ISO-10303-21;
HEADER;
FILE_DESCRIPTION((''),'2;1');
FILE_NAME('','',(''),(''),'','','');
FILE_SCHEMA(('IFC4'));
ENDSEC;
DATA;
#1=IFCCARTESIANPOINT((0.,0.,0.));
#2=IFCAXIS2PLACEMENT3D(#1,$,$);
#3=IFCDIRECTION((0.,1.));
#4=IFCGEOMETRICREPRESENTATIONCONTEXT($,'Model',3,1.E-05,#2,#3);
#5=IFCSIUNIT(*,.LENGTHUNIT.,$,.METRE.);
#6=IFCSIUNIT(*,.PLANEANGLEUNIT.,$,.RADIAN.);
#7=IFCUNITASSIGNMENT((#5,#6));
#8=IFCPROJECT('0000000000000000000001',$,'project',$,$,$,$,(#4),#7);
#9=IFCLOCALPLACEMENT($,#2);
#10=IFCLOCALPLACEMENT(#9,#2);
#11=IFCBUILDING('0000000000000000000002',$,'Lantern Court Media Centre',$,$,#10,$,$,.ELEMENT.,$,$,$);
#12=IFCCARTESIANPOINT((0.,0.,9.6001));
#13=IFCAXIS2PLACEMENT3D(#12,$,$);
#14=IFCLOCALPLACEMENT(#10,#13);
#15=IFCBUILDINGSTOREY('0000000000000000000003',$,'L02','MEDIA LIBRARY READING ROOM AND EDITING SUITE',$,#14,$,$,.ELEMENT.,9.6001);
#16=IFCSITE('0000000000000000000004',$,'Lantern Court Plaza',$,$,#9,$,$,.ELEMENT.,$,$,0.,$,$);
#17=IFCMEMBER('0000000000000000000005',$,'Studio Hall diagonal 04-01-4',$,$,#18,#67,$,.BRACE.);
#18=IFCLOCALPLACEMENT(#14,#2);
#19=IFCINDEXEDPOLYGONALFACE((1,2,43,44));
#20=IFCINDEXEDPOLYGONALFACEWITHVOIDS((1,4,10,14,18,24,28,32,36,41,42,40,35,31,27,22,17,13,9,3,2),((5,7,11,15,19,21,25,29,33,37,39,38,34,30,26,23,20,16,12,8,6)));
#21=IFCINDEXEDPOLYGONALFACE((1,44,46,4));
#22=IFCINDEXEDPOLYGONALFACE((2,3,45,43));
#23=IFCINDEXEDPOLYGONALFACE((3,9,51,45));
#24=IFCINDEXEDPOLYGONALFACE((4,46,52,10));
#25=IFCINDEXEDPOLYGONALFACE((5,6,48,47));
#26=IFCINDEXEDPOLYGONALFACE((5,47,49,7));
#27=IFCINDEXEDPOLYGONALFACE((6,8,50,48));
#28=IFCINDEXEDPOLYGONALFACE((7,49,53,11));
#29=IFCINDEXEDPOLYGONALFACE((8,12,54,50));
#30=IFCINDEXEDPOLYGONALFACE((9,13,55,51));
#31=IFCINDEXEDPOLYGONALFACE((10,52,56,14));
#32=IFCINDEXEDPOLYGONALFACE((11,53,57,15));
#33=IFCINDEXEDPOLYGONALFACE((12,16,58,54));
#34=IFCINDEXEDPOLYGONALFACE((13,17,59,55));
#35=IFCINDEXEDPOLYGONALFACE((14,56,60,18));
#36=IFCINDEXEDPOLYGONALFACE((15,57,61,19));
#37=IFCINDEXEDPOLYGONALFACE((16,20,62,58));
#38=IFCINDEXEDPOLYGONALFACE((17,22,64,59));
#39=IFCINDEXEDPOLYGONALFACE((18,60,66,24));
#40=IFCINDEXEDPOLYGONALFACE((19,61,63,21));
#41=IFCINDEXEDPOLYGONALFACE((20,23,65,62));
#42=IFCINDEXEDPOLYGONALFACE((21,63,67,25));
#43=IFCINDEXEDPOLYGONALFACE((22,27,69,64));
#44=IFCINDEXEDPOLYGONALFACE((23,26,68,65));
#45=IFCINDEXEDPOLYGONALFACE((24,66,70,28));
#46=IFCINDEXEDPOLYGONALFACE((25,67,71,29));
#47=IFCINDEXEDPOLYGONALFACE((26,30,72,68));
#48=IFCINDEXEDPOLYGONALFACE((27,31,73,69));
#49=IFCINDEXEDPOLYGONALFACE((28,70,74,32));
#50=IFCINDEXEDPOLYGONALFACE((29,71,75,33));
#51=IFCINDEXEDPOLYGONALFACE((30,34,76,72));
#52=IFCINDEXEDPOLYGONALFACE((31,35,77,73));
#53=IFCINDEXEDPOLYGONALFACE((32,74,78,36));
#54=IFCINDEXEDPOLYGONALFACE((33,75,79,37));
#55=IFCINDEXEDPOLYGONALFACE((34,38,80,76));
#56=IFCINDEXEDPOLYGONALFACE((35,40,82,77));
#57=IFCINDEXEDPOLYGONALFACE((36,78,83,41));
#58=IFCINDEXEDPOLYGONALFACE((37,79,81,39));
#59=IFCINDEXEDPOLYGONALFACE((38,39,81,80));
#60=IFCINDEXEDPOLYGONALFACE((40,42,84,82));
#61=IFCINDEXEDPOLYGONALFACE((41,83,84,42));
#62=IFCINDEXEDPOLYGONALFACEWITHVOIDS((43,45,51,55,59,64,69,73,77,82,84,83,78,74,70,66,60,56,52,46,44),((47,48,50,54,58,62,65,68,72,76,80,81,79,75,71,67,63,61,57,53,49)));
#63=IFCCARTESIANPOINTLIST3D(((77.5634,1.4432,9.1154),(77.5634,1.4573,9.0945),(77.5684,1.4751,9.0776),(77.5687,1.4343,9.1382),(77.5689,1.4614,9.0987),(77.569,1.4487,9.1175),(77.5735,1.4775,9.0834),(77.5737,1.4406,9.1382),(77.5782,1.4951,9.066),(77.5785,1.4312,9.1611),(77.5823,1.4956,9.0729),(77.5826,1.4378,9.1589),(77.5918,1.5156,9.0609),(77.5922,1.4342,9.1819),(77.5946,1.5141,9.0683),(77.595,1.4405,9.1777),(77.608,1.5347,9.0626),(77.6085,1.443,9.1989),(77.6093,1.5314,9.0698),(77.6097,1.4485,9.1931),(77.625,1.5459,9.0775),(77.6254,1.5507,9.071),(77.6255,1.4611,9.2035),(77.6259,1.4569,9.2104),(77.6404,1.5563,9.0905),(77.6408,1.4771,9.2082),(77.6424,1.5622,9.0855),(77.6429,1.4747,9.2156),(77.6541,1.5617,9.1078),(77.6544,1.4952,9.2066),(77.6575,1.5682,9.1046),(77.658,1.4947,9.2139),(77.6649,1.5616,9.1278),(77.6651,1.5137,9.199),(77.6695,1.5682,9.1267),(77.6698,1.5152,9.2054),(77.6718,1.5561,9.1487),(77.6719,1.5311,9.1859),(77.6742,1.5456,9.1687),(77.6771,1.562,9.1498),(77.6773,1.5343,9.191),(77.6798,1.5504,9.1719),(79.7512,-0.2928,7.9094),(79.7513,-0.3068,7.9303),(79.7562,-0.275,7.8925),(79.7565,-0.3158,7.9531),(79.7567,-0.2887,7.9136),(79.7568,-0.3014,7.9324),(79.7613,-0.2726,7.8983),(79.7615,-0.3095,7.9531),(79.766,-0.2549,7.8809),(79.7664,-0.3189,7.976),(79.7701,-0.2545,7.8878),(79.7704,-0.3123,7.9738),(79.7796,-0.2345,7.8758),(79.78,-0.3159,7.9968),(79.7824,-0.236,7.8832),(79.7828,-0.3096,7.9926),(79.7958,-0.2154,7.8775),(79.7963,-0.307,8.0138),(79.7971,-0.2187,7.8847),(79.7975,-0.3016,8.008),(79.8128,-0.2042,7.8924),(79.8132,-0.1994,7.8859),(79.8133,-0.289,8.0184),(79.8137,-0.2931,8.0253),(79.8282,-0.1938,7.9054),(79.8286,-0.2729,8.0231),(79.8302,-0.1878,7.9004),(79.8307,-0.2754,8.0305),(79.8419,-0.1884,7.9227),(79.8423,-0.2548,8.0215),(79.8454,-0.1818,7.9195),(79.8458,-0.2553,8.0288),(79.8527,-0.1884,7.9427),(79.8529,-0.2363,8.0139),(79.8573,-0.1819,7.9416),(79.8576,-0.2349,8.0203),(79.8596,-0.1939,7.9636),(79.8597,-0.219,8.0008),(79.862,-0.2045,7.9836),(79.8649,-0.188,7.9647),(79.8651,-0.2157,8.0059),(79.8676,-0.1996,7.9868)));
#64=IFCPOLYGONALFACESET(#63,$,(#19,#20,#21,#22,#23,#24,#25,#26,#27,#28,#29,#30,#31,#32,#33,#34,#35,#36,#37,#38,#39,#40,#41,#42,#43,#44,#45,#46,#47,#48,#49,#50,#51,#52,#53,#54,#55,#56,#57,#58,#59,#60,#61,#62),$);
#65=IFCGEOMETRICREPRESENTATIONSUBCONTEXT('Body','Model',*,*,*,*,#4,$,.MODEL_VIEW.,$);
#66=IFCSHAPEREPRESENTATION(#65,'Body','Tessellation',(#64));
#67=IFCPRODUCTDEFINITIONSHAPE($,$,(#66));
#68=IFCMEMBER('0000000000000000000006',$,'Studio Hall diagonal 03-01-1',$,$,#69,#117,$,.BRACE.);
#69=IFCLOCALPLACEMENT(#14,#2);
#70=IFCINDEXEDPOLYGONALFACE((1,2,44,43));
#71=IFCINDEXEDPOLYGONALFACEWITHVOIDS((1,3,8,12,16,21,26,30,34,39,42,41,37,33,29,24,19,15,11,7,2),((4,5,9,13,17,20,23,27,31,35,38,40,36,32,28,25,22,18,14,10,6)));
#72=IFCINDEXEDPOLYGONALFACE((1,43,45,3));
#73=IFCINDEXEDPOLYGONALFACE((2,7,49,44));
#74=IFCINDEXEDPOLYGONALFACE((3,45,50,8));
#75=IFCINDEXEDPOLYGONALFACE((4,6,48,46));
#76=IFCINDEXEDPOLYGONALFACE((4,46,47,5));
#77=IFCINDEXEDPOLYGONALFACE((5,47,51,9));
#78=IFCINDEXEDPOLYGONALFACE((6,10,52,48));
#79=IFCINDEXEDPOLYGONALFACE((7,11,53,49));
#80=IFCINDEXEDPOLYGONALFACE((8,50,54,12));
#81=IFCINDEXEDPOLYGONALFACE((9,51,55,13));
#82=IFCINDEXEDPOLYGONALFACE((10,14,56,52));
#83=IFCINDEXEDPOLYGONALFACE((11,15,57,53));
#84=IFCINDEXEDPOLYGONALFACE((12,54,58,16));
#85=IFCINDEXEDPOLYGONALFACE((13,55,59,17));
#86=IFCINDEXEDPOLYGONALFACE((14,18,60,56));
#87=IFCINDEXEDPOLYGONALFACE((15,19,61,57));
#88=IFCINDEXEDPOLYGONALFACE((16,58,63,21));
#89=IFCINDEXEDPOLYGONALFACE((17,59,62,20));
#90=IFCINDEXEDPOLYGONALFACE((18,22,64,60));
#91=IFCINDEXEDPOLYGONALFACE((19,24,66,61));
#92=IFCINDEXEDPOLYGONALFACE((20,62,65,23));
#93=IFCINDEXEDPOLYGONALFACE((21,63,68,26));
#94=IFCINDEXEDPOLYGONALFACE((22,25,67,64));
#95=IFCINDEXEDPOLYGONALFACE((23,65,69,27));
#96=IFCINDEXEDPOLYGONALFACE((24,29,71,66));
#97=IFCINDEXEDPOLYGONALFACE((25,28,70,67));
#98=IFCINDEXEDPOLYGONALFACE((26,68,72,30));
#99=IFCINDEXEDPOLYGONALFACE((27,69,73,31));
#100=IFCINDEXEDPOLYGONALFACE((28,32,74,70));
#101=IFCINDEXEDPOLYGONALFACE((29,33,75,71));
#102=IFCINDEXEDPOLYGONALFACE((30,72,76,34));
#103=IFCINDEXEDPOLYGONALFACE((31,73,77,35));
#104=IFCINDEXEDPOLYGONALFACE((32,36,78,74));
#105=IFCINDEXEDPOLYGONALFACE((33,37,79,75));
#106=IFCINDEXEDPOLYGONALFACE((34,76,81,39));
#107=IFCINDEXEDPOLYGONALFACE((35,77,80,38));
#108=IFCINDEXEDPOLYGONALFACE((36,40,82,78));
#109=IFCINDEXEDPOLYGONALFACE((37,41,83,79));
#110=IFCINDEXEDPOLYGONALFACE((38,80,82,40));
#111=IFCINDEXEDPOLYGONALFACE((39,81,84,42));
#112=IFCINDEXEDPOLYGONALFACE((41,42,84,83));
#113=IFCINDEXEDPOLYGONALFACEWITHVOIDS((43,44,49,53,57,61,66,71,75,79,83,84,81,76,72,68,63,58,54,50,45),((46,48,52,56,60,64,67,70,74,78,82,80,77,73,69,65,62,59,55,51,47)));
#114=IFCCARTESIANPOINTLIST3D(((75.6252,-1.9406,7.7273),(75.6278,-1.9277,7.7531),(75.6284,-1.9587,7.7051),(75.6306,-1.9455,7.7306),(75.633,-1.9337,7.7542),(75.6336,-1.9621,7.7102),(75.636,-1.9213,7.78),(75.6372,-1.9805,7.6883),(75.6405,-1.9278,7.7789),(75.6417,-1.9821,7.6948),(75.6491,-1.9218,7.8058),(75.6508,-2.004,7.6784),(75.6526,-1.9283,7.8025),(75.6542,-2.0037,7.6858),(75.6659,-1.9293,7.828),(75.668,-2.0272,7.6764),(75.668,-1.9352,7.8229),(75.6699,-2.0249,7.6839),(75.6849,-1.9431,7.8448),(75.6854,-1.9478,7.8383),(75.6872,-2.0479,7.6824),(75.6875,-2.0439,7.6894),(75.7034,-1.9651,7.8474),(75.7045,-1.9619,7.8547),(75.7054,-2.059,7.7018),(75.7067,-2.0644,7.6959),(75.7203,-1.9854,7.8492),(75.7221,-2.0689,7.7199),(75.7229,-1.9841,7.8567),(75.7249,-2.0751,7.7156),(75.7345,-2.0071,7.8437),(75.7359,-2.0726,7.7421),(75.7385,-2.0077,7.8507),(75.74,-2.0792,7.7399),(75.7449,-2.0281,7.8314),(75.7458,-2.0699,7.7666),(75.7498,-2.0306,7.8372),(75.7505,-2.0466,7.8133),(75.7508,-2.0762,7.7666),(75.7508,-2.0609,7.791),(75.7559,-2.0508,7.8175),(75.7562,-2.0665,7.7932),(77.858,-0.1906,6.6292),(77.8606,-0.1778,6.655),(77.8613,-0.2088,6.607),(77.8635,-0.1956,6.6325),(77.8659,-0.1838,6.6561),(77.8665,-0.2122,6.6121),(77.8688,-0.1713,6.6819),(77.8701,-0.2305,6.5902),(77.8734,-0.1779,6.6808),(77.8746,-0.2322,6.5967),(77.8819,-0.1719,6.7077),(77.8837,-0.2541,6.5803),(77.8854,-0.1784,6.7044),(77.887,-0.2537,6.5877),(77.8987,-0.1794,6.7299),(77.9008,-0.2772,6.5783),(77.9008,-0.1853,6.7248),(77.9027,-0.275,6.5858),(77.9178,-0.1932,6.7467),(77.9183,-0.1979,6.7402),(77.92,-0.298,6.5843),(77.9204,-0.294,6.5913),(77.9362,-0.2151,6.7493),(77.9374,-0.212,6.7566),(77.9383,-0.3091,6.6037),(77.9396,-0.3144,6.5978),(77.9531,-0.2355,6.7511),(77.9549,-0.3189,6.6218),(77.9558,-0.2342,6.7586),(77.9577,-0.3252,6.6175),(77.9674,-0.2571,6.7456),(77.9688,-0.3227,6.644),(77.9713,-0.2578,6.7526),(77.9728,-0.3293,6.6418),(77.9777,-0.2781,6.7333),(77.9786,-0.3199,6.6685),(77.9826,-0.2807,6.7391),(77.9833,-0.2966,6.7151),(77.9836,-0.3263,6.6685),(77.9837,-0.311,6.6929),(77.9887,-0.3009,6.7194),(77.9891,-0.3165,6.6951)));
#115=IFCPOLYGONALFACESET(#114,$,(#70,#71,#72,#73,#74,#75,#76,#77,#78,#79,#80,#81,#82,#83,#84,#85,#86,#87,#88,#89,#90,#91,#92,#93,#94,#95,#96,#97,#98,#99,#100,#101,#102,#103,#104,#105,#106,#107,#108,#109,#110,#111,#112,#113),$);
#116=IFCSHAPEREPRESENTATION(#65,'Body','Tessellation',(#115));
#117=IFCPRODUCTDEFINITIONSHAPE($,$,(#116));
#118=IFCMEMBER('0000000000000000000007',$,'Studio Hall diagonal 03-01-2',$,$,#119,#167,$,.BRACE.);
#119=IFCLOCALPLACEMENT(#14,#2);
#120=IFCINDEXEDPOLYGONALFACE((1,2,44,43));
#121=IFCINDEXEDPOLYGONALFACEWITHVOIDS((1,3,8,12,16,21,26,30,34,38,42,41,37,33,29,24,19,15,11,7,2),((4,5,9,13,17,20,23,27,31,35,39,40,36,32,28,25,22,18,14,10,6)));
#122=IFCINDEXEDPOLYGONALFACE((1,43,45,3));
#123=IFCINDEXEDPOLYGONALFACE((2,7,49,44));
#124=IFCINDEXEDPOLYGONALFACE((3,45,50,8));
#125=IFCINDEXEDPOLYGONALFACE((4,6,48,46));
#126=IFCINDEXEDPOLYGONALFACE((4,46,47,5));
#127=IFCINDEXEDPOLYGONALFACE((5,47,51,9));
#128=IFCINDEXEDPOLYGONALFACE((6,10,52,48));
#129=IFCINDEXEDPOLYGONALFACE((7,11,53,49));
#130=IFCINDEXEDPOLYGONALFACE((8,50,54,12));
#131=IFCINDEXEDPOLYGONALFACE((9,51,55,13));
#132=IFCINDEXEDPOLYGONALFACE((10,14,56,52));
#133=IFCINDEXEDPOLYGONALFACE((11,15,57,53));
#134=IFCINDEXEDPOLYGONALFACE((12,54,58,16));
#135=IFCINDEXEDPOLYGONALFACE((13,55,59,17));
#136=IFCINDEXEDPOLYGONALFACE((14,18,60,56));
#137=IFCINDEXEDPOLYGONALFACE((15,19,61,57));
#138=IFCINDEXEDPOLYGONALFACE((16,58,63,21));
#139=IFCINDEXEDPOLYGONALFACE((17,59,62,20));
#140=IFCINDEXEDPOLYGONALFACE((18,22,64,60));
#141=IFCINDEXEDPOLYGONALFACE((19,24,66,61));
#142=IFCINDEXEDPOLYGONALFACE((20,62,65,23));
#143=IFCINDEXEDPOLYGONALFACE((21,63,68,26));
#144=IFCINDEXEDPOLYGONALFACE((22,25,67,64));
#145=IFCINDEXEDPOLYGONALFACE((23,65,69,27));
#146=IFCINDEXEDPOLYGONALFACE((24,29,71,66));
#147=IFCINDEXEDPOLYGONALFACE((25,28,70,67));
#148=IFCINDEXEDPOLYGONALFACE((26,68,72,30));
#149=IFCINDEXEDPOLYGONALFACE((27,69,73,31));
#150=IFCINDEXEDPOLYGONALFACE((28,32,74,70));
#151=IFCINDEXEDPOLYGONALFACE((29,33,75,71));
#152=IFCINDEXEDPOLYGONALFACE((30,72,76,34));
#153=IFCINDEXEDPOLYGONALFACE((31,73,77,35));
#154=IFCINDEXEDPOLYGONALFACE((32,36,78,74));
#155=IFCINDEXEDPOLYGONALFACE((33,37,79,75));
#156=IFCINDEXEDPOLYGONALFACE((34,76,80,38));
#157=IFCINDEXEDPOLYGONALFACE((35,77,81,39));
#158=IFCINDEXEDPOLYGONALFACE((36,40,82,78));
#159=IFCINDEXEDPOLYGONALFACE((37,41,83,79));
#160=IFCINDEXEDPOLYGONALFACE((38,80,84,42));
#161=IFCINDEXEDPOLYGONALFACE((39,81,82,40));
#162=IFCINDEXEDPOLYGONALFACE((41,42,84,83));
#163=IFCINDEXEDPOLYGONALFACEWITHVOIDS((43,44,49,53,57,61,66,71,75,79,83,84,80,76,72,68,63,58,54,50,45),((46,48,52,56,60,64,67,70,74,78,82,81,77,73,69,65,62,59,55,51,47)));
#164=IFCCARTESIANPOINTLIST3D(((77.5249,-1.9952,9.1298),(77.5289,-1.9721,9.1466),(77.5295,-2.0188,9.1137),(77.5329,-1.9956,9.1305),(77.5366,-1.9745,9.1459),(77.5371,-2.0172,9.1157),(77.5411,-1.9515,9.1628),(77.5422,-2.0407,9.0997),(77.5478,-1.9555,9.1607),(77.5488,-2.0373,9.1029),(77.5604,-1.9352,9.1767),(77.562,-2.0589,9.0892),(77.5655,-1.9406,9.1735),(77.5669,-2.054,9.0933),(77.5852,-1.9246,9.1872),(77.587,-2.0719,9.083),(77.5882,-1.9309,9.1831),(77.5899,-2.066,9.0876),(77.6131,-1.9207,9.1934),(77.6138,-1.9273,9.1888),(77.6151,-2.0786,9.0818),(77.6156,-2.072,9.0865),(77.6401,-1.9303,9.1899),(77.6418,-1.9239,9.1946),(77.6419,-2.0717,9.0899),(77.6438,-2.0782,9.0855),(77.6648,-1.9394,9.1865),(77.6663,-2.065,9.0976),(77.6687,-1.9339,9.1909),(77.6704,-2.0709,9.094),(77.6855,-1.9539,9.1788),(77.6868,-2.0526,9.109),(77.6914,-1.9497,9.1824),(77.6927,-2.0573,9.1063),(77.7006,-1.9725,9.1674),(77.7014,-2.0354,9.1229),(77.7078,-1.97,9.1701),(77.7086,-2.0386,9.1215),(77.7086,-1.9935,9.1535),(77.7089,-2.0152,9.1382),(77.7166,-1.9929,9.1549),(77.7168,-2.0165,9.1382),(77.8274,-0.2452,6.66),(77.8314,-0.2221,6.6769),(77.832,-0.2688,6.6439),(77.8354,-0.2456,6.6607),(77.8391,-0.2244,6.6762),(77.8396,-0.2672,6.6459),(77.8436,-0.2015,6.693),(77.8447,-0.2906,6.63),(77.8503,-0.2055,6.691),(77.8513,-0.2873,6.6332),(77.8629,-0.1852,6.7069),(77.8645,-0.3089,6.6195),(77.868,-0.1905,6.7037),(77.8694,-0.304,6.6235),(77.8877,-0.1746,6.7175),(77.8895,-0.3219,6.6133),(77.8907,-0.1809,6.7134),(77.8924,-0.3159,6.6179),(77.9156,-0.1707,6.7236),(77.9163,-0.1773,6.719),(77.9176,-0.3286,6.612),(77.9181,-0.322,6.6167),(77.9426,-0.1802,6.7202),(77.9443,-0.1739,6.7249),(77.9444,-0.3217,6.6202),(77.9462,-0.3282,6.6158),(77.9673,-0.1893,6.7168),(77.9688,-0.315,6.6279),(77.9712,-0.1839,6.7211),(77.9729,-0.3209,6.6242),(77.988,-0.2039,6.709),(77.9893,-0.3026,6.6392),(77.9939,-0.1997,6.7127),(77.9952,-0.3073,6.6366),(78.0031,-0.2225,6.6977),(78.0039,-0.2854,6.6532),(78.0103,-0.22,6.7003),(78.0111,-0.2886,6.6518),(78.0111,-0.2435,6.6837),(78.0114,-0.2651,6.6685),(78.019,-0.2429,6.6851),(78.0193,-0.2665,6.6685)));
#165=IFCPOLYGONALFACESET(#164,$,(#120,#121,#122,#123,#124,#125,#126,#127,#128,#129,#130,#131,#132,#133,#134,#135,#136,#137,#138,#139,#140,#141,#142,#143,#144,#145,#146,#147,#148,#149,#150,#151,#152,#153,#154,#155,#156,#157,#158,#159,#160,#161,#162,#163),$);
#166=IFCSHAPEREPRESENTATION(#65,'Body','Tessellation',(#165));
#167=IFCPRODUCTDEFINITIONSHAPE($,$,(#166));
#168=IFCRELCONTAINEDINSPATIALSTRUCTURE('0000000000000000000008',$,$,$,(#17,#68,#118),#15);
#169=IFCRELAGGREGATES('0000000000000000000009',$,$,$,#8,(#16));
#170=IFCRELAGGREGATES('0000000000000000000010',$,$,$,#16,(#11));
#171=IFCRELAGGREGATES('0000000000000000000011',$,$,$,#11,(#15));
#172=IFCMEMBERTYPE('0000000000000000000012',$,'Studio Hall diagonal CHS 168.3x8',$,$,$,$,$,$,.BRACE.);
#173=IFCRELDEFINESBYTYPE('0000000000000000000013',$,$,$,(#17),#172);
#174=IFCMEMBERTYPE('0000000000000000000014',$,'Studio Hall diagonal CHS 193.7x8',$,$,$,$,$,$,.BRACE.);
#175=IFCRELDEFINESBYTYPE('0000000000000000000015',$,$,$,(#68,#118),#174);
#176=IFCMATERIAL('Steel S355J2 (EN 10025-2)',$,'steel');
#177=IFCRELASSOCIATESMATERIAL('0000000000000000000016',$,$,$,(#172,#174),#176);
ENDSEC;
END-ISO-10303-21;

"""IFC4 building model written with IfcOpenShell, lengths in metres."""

from ifc_helpers import new_model, si_unit, direction, frame, origin, origin_2d, place, context, subcontext, project, spatial, hollow_circle, extrude, material, material_profile, profile_set, type_object, element, save


model = new_model("IFC4")

# Units and contexts
model_context = context("Model", 3, precision=1e-05, world=origin(), true_north=direction((0.0, 1.0)))
body_context = subcontext(model_context, "Body", "Model", "MODEL_VIEW")
ifc_project = project(units=[si_unit("LENGTHUNIT", "METRE"), si_unit("PLANEANGLEUNIT", "RADIAN")], contexts=[model_context])

# Site, building, storey
site_placement = place(None, origin())
site = spatial("IfcSite", under=ifc_project, at=site_placement, Name="Lantern Court Plaza", CompositionType="ELEMENT", RefElevation=0.0)
building_placement = place(site_placement, origin())
building = spatial("IfcBuilding", under=site, at=building_placement, Name="Lantern Court Media Centre", CompositionType="ELEMENT")
storey_placement = place(building_placement, frame((0.0, 0.0, 9.6001)))
storey = spatial("IfcBuildingStorey", under=building, at=storey_placement, Name="L02", Description="MEDIA LIBRARY READING ROOM AND EDITING SUITE", CompositionType="ELEMENT", Elevation=9.6001)

# Members
ifc_material = material(Name="Steel S355J2 (EN 10025-2)", Category="steel")
ifc_material_profile_1 = material_profile(ifc_material, hollow_circle(Radius=0.0842, WallThickness=0.0081, at=origin_2d()), Name="Studio Hall diagonal CHS 168.3x8")
ifc_profile_set_1 = profile_set([ifc_material_profile_1], Name="Steel S355J2 (EN 10025-2)")
member_type_1 = type_object("IfcMemberType", Name="Studio Hall diagonal CHS 168.3x8", PredefinedType="BRACE", material=ifc_profile_set_1)
for number, where, z_axis, x_axis, name in (
    (1, (79.8091, -0.25, 7.9531), (-0.719206, 0.5753, 0.38958), (-0.624653, -0.780903, 0.0), "Studio Hall diagonal 04-01-4"),
):
    element("IfcMember", number, at=place(storey_placement, frame(where, z_axis=z_axis, x_axis=x_axis)), inside=storey, type_object=member_type_1, Name=name, PredefinedType="BRACE", context=body_context, shape_type="SweptSolid", body=[
        extrude(hollow_circle(Radius=0.0842, WallThickness=0.0081, at=origin_2d()), origin(), (0.0, 0.0, 1.0), 3.042),
    ])
ifc_material_profile_2 = material_profile(ifc_material, hollow_circle(Radius=0.0969, WallThickness=0.0081, at=origin_2d()), Name="Studio Hall diagonal CHS 193.7x8")
ifc_profile_set_2 = profile_set([ifc_material_profile_2], Name="Steel S355J2 (EN 10025-2)")
member_type_2 = type_object("IfcMemberType", Name="Studio Hall diagonal CHS 193.7x8", PredefinedType="BRACE", material=ifc_profile_set_2)
for number, where, z_axis, x_axis, name in (
    (2, (77.9238, -0.25, 6.6685), (-0.734005, -0.575262, 0.360984), (0.616856, -0.787076, 0.0), "Studio Hall diagonal 03-01-1"),
    (3, (77.9238, -0.25, 6.6685), (-0.099439, -0.575286, 0.811885), (0.985388, -0.170326, 0.0), "Studio Hall diagonal 03-01-2"),
):
    element("IfcMember", number, at=place(storey_placement, frame(where, z_axis=z_axis, x_axis=x_axis)), inside=storey, type_object=member_type_2, Name=name, PredefinedType="BRACE", context=body_context, shape_type="SweptSolid", body=[
        extrude(hollow_circle(Radius=0.0969, WallThickness=0.0081, at=origin_2d()), origin(), (0.0, 0.0, 1.0), 3.042),
    ])

save(model, "model.ifc")
